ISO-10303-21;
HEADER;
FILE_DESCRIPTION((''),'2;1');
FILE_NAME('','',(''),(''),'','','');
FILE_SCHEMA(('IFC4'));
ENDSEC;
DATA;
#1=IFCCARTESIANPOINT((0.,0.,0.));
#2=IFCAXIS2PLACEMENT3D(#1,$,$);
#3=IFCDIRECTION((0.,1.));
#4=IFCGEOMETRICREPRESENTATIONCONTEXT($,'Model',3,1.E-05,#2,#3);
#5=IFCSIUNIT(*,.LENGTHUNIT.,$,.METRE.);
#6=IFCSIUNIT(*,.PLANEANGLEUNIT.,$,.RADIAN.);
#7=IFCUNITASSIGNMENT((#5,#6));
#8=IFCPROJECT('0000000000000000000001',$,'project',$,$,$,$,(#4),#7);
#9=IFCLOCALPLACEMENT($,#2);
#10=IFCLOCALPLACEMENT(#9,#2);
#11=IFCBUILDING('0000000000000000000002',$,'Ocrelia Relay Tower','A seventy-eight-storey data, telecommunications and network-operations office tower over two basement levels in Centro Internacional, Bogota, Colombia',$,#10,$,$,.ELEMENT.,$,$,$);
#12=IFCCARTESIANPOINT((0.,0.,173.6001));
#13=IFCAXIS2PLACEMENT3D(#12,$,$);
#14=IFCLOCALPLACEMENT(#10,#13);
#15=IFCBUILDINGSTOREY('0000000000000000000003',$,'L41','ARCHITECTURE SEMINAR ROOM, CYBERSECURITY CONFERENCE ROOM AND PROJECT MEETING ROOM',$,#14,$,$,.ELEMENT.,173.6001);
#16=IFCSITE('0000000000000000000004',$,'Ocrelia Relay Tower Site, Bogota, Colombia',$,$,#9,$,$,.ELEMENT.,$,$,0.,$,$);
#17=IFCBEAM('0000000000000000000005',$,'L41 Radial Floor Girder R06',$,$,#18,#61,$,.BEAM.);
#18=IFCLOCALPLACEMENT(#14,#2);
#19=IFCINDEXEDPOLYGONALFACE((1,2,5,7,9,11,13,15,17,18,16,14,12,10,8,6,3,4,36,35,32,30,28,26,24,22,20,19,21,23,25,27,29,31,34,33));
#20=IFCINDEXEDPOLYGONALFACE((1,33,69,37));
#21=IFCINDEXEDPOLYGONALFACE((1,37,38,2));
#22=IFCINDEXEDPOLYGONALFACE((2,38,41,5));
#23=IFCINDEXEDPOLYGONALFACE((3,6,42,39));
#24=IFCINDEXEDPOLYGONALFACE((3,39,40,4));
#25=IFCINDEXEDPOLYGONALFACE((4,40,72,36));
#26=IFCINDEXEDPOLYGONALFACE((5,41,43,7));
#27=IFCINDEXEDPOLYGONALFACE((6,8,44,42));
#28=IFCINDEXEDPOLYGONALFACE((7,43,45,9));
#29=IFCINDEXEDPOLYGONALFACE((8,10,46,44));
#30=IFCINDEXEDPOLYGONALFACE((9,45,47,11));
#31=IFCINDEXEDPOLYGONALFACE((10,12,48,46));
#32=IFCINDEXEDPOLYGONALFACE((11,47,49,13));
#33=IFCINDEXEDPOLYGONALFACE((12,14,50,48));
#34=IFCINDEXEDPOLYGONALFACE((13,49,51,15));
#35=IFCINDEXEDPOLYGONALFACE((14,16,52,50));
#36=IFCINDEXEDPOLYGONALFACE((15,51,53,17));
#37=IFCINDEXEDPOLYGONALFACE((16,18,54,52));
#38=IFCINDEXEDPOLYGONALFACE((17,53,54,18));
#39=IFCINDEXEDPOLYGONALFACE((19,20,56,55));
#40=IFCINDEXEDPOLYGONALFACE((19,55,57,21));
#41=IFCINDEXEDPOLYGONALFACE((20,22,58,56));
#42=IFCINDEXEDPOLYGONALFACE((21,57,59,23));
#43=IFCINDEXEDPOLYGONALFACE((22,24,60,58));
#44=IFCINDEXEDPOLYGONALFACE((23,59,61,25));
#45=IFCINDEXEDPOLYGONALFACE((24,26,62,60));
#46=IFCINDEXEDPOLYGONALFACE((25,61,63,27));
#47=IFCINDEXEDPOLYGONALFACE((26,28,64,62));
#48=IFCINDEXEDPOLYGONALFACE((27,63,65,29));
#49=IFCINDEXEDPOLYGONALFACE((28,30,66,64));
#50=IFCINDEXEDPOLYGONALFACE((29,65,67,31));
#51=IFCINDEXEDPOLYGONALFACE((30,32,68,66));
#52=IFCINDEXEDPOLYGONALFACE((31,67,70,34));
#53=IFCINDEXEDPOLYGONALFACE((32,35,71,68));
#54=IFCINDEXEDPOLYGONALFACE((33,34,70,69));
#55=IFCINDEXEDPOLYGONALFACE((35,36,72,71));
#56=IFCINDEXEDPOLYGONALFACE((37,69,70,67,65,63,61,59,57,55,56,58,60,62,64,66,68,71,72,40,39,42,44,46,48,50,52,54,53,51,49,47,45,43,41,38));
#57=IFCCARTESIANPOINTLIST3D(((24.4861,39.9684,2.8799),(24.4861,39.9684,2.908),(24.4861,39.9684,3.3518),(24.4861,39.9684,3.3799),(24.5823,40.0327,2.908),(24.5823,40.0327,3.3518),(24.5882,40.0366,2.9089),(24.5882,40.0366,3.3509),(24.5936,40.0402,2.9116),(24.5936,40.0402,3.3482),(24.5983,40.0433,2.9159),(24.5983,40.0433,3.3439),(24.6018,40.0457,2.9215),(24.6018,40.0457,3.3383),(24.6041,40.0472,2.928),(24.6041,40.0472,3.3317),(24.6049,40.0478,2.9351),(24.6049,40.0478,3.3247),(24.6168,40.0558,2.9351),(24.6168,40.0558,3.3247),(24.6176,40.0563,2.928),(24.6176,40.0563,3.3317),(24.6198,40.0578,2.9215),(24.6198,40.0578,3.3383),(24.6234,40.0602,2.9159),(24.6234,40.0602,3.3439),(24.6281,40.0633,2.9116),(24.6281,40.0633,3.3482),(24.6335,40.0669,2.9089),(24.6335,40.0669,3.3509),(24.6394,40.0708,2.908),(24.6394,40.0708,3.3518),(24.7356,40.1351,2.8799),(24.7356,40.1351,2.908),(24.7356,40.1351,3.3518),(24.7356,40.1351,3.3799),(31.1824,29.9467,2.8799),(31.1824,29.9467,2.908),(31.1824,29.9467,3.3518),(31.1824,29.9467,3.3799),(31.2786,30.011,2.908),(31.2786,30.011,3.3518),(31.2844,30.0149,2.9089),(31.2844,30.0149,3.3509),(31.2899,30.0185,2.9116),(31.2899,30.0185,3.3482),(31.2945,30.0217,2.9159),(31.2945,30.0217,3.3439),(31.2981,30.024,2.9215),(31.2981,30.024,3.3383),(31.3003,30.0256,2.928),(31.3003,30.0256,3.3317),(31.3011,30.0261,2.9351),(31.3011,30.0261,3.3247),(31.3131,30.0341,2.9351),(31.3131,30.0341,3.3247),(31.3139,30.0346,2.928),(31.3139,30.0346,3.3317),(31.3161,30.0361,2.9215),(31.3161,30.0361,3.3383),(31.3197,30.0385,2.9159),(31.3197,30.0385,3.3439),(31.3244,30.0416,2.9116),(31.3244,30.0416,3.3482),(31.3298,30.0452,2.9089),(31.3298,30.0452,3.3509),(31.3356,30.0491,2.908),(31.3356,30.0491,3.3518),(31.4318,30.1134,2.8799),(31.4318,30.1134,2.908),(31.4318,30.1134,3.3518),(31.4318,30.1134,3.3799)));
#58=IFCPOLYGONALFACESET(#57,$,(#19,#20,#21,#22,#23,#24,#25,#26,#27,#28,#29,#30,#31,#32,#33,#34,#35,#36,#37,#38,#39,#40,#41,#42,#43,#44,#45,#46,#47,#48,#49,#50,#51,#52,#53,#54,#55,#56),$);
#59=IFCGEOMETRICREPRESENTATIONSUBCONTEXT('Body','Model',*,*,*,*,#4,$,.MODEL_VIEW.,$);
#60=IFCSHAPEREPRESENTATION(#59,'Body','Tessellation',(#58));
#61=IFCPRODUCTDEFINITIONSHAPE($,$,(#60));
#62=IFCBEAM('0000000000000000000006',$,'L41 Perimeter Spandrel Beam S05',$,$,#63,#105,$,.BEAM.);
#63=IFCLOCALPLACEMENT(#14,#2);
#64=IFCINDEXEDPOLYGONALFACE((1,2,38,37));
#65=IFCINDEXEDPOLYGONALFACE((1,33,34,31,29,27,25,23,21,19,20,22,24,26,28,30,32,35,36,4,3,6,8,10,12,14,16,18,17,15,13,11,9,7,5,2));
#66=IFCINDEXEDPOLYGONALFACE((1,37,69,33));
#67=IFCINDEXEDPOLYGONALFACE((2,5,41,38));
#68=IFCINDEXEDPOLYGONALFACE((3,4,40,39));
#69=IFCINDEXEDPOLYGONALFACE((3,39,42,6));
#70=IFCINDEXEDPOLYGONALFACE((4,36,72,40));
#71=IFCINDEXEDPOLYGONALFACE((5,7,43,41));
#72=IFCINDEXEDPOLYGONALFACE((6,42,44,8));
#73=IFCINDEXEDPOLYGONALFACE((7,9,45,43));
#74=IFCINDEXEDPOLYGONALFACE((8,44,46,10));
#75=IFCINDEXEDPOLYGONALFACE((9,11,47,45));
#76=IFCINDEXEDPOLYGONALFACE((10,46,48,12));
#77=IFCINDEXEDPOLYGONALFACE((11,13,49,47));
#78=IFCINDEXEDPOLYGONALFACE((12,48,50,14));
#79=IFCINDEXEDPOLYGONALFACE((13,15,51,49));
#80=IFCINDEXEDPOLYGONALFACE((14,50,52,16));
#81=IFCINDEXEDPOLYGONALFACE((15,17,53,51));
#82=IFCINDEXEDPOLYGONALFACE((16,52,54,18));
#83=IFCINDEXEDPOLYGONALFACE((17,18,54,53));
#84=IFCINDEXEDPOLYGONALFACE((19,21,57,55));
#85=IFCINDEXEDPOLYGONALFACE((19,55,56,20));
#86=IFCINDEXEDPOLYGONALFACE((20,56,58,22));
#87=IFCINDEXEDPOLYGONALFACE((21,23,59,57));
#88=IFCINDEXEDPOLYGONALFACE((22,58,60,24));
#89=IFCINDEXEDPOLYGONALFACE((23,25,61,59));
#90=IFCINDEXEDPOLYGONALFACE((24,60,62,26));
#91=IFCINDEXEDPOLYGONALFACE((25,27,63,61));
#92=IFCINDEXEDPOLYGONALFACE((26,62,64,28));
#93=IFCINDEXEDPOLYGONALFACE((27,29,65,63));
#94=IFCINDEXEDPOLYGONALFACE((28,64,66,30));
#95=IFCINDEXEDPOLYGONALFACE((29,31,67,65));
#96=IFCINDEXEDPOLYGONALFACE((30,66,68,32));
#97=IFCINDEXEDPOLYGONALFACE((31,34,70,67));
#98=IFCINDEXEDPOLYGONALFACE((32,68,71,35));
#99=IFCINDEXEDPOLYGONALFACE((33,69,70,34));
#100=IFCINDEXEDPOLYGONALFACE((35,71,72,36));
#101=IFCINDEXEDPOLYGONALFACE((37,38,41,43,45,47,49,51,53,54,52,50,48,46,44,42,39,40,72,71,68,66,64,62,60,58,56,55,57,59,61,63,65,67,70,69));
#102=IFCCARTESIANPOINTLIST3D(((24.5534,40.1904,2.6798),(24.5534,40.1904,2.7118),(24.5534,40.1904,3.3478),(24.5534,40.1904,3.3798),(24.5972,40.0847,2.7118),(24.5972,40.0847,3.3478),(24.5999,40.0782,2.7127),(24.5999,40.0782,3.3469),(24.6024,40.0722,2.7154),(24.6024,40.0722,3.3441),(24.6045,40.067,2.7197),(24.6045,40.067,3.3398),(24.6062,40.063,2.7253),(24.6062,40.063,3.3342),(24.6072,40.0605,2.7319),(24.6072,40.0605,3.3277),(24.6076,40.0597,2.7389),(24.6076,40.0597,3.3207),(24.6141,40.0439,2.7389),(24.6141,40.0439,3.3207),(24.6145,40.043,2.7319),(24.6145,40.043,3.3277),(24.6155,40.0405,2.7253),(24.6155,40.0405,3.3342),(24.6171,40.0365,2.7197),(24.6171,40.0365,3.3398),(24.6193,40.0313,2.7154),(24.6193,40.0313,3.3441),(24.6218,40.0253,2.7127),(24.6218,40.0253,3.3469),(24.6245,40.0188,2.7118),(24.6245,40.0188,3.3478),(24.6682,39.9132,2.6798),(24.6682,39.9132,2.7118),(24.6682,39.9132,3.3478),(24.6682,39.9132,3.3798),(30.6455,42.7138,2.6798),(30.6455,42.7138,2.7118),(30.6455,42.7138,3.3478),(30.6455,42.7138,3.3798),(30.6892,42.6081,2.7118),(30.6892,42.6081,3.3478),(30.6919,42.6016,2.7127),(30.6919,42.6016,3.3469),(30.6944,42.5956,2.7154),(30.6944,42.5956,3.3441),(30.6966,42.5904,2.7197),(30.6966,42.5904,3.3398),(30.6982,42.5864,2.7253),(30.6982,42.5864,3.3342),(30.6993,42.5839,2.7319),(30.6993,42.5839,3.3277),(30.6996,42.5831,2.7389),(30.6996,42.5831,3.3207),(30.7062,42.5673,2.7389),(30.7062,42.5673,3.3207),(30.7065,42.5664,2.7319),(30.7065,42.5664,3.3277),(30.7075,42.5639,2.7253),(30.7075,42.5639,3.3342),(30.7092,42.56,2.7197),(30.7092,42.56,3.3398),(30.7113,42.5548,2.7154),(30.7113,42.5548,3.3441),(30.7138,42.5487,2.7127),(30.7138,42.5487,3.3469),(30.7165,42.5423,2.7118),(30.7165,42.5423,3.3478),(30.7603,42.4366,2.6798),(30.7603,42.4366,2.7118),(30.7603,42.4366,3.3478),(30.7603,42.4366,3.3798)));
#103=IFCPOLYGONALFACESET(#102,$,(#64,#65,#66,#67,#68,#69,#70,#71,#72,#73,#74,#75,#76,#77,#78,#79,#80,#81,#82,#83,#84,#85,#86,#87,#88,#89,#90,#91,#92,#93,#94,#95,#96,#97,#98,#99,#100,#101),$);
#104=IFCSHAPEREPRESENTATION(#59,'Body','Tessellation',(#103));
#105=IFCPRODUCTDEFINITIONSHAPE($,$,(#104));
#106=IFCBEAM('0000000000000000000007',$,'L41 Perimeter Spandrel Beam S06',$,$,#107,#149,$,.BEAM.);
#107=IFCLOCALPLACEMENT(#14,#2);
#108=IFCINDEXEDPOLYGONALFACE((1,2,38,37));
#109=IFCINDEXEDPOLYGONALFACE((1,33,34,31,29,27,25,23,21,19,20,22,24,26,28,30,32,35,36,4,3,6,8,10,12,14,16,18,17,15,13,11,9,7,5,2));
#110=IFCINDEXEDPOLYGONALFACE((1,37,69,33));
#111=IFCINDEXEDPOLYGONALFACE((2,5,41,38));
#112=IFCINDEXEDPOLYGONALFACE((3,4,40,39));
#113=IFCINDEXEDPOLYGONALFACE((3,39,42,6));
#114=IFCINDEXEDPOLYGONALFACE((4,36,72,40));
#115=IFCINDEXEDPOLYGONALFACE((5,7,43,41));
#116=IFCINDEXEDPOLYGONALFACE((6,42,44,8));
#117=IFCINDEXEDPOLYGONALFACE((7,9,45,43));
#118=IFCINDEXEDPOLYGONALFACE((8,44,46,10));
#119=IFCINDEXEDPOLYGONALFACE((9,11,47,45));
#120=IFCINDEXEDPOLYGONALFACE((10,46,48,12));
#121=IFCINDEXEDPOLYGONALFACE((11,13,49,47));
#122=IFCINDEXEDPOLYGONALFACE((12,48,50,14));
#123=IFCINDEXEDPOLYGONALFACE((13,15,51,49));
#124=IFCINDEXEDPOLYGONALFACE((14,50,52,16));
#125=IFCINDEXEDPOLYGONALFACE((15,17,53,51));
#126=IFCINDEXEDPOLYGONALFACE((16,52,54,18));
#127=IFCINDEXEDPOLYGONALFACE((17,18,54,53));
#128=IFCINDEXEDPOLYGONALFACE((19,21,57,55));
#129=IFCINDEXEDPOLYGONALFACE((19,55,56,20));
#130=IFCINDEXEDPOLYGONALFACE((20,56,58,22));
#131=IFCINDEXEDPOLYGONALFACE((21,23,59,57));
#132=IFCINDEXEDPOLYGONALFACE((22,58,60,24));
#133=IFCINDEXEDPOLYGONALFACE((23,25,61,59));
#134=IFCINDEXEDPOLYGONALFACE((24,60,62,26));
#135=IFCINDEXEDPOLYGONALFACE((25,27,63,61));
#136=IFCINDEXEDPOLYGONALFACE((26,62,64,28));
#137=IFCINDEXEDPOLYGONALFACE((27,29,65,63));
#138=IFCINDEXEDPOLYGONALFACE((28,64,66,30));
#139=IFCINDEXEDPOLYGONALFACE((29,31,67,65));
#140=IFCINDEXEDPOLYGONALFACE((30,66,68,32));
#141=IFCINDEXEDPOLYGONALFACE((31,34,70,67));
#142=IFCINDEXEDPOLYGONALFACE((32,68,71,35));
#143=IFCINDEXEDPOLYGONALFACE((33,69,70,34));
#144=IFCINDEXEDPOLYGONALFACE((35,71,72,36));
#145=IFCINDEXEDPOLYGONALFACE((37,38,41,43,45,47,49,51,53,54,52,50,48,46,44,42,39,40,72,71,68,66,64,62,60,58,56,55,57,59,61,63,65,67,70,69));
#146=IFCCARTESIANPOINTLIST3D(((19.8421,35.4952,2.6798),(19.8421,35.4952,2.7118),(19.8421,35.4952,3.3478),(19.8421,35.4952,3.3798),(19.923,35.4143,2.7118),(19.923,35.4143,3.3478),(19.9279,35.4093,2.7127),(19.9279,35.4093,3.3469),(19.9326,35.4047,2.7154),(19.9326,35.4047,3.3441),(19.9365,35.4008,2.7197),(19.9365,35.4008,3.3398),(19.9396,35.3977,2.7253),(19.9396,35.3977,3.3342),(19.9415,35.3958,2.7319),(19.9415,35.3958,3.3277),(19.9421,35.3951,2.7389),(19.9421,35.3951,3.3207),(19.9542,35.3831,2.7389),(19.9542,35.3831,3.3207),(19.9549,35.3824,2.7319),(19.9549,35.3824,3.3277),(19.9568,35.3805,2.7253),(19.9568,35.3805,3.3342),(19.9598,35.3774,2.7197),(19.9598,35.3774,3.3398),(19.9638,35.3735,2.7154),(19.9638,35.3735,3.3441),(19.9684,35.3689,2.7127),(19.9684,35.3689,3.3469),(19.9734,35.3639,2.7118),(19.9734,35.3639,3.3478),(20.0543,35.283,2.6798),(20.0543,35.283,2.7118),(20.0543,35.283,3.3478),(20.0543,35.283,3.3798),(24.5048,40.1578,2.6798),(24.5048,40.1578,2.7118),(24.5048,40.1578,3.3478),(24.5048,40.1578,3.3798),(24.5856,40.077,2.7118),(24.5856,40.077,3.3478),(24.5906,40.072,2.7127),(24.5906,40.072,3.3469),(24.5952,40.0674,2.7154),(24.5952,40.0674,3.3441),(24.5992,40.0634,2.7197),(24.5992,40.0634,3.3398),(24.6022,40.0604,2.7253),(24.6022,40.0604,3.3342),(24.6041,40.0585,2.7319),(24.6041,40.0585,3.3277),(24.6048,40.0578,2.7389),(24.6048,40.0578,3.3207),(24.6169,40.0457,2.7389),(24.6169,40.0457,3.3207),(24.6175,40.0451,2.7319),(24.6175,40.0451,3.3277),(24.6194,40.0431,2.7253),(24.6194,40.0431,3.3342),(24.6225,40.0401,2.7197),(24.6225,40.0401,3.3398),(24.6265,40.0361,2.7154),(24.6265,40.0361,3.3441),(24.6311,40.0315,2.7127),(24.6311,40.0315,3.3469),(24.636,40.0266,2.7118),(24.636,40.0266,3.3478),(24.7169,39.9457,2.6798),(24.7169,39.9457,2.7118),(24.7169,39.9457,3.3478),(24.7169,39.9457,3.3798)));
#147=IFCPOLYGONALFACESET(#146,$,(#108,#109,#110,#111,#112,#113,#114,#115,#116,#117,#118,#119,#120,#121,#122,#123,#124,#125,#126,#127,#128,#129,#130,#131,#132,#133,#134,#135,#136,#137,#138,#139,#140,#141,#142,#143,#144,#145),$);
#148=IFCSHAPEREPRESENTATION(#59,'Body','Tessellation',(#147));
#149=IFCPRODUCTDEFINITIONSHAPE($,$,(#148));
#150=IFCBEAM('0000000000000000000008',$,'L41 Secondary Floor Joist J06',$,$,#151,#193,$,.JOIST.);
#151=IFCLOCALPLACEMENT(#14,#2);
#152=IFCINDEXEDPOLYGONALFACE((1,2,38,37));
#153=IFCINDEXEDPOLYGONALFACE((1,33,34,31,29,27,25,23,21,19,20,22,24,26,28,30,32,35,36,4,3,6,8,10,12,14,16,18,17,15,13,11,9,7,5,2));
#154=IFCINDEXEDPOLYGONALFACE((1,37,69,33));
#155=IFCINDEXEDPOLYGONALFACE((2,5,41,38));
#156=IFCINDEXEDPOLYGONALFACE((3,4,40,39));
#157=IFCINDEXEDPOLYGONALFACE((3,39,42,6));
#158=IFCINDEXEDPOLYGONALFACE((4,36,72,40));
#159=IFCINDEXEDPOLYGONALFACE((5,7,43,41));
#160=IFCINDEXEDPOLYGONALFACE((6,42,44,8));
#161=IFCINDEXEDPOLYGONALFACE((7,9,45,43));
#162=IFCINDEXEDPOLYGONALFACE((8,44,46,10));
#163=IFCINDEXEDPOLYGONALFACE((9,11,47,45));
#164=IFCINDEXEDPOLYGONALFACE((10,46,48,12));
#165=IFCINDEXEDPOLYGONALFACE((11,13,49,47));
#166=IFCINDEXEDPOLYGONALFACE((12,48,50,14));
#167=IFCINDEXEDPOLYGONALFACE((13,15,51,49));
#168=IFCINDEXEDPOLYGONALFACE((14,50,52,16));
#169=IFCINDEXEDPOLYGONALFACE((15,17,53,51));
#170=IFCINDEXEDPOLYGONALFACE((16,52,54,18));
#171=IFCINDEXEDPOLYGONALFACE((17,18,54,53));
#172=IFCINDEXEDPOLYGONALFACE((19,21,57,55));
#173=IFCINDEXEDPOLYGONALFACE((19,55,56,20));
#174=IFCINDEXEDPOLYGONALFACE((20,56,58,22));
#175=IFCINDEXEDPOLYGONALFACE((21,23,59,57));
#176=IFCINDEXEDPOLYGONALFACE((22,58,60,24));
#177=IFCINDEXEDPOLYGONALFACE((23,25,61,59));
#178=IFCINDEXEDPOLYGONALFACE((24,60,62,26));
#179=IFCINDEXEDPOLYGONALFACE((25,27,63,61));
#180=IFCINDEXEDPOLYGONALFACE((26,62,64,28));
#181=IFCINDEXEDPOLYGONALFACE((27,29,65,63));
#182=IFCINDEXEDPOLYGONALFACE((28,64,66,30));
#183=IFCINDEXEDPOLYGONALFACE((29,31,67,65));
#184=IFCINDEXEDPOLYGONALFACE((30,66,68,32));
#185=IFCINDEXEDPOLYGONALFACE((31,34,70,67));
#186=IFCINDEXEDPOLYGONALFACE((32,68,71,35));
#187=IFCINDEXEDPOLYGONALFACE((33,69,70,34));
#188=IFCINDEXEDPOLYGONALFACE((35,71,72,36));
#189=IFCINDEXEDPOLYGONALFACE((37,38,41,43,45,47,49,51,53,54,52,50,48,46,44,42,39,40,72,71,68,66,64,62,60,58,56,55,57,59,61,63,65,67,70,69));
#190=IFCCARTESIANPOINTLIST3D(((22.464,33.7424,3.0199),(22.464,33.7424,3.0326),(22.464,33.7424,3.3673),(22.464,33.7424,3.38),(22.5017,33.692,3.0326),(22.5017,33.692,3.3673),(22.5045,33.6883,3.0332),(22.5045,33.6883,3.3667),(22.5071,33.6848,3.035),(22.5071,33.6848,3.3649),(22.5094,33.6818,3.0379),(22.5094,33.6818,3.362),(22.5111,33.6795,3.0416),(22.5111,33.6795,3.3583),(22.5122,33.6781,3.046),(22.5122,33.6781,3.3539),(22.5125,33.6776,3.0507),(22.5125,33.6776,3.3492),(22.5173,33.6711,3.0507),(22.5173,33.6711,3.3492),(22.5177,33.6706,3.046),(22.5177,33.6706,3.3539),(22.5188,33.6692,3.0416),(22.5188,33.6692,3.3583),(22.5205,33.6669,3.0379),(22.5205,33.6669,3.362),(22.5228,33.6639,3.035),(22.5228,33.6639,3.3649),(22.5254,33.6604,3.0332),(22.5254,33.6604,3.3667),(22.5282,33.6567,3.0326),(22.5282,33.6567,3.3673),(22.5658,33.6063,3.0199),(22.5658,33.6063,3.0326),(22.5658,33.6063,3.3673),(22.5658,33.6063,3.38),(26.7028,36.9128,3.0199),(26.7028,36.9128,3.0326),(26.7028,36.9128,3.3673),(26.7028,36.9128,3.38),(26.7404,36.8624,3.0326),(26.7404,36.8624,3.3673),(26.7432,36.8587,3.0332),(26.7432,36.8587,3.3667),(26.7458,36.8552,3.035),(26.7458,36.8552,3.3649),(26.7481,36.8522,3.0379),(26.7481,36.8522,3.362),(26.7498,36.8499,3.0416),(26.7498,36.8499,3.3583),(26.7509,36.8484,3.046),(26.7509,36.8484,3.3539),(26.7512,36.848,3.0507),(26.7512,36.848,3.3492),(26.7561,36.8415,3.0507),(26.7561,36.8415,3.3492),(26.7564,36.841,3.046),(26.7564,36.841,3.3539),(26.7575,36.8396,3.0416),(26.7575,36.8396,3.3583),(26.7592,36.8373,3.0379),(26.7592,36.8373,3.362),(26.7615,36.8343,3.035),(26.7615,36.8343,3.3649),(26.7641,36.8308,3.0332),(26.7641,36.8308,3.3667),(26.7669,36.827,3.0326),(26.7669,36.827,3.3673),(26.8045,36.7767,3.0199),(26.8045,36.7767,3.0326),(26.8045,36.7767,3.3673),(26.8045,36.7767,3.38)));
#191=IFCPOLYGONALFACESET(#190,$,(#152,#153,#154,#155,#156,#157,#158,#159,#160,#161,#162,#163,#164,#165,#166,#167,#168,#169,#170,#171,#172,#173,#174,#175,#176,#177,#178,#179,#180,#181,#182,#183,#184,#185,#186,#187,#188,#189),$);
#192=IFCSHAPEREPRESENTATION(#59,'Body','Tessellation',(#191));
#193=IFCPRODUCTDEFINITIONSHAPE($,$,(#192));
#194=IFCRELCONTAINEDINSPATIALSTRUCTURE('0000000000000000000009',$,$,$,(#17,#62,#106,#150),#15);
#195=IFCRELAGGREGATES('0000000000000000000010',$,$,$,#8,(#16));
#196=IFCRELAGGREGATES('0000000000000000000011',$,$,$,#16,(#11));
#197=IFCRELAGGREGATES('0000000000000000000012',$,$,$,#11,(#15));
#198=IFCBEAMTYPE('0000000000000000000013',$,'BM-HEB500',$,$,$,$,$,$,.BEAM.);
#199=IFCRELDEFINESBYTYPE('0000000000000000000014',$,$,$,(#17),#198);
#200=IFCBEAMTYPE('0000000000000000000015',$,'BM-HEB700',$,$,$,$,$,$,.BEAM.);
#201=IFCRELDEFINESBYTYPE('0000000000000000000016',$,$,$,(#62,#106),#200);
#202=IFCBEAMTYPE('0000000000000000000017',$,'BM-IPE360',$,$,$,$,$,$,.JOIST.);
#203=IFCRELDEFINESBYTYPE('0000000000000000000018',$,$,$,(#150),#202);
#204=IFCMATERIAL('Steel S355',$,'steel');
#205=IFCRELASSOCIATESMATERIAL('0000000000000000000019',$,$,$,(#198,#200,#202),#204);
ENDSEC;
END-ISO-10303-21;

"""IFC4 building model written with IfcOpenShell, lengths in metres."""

from ifc_helpers import new_model, si_unit, direction, frame, origin, origin_2d, place, context, subcontext, project, spatial, i_section, extrude, material, material_profile, profile_set, type_object, element, save


model = new_model("IFC4")

# Units and contexts
model_context = context("Model", 3, precision=1e-05, world=origin(), true_north=direction((0.0, 1.0)))
body_context = subcontext(model_context, "Body", "Model", "MODEL_VIEW")
ifc_project = project(units=[si_unit("LENGTHUNIT", "METRE"), si_unit("PLANEANGLEUNIT", "RADIAN")], contexts=[model_context])

# Site, building, storey
site_placement = place(None, origin())
site = spatial("IfcSite", under=ifc_project, at=site_placement, Name="Ocrelia Relay Tower Site, Bogota, Colombia", CompositionType="ELEMENT", RefElevation=0.0)
building_placement = place(site_placement, origin())
building = spatial("IfcBuilding", under=site, at=building_placement, Name="Ocrelia Relay Tower", Description="A seventy-eight-storey data, telecommunications and network-operations office tower over two basement levels in Centro Internacional, Bogota, Colombia", CompositionType="ELEMENT")
storey_placement = place(building_placement, frame((0.0, 0.0, 173.6001)))
storey = spatial("IfcBuildingStorey", under=building, at=storey_placement, Name="L41", Description="ARCHITECTURE SEMINAR ROOM, CYBERSECURITY CONFERENCE ROOM AND PROJECT MEETING ROOM", CompositionType="ELEMENT", Elevation=173.6001)

# Beams
ifc_material_1 = material(Name="Steel S355", Category="steel")
ifc_material_profile_1 = material_profile(ifc_material_1, i_section(OverallWidth=0.3, OverallDepth=0.5, WebThickness=0.0144, FlangeThickness=0.0281, FilletRadius=0.0271, at=origin_2d()), Name="HEB 500")
ifc_profile_set_1 = profile_set([ifc_material_profile_1], Name="Steel S355")
beam_type_1 = type_object("IfcBeamType", Name="BM-HEB500", PredefinedType="BEAM", material=ifc_profile_set_1)
beam_1_placement = place(storey_placement, frame((24.6108, 40.0518, 3.1299), z_axis=(0.555569, -0.83147, 0.0), x_axis=(0.83147, 0.555569, 0.0)))
element("IfcBeam", 1, at=beam_1_placement, inside=storey, type_object=beam_type_1, Name="L41 Radial Floor Girder R06", PredefinedType="BEAM", context=body_context, shape_type="SweptSolid", body=[
    extrude(i_section(OverallWidth=0.3, OverallDepth=0.5, WebThickness=0.0144, FlangeThickness=0.0281, FilletRadius=0.0271, at=origin_2d()), origin(), (0.0, 0.0, 1.0), 12.053),
])
ifc_material_profile_2 = material_profile(ifc_material_1, i_section(OverallWidth=0.3, OverallDepth=0.7, WebThickness=0.0171, FlangeThickness=0.032, FilletRadius=0.0271, at=origin_2d()), Name="HEB 700")
ifc_profile_set_2 = profile_set([ifc_material_profile_2], Name="Steel S355")
beam_type_2 = type_object("IfcBeamType", Name="BM-HEB700", PredefinedType="BEAM", material=ifc_profile_set_2)
for number, where, z_axis, x_axis, name in (
    (2, (30.7029, 42.5752, 3.0298), (-0.923878, -0.382688, 0.0), (0.382688, -0.923878, 0.0), "L41 Perimeter Spandrel Beam S05"),
    (3, (24.6108, 40.0518, 3.0298), (-0.707107, -0.707107, 0.0), (0.707107, -0.707107, 0.0), "L41 Perimeter Spandrel Beam S06"),
):
    element("IfcBeam", number, at=place(storey_placement, frame(where, z_axis=z_axis, x_axis=x_axis)), inside=storey, type_object=beam_type_2, Name=name, PredefinedType="BEAM", context=body_context, shape_type="SweptSolid", body=[
        extrude(i_section(OverallWidth=0.3, OverallDepth=0.7, WebThickness=0.0171, FlangeThickness=0.032, FilletRadius=0.0271, at=origin_2d()), origin(), (0.0, 0.0, 1.0), 6.594),
    ])
ifc_material_profile_3 = material_profile(ifc_material_1, i_section(OverallWidth=0.1699, OverallDepth=0.3601, WebThickness=0.0081, FlangeThickness=0.0127, FilletRadius=0.0181, at=origin_2d()), Name="IPE 360")
ifc_profile_set_3 = profile_set([ifc_material_profile_3], Name="Steel S355")
beam_type_3 = type_object("IfcBeamType", Name="BM-IPE360", PredefinedType="JOIST", material=ifc_profile_set_3)
beam_2_placement = place(storey_placement, frame((26.7537, 36.8447, 3.2), z_axis=(-0.800785, -0.598952, 0.0), x_axis=(0.598952, -0.800785, 0.0)))
element("IfcBeam", 4, at=beam_2_placement, inside=storey, type_object=beam_type_3, Name="L41 Secondary Floor Joist J06", PredefinedType="JOIST", context=body_context, shape_type="SweptSolid", body=[
    extrude(i_section(OverallWidth=0.1699, OverallDepth=0.3601, WebThickness=0.0081, FlangeThickness=0.0127, FilletRadius=0.0181, at=origin_2d()), origin(), (0.0, 0.0, 1.0), 5.2932),
])

save(model, "model.ifc")
